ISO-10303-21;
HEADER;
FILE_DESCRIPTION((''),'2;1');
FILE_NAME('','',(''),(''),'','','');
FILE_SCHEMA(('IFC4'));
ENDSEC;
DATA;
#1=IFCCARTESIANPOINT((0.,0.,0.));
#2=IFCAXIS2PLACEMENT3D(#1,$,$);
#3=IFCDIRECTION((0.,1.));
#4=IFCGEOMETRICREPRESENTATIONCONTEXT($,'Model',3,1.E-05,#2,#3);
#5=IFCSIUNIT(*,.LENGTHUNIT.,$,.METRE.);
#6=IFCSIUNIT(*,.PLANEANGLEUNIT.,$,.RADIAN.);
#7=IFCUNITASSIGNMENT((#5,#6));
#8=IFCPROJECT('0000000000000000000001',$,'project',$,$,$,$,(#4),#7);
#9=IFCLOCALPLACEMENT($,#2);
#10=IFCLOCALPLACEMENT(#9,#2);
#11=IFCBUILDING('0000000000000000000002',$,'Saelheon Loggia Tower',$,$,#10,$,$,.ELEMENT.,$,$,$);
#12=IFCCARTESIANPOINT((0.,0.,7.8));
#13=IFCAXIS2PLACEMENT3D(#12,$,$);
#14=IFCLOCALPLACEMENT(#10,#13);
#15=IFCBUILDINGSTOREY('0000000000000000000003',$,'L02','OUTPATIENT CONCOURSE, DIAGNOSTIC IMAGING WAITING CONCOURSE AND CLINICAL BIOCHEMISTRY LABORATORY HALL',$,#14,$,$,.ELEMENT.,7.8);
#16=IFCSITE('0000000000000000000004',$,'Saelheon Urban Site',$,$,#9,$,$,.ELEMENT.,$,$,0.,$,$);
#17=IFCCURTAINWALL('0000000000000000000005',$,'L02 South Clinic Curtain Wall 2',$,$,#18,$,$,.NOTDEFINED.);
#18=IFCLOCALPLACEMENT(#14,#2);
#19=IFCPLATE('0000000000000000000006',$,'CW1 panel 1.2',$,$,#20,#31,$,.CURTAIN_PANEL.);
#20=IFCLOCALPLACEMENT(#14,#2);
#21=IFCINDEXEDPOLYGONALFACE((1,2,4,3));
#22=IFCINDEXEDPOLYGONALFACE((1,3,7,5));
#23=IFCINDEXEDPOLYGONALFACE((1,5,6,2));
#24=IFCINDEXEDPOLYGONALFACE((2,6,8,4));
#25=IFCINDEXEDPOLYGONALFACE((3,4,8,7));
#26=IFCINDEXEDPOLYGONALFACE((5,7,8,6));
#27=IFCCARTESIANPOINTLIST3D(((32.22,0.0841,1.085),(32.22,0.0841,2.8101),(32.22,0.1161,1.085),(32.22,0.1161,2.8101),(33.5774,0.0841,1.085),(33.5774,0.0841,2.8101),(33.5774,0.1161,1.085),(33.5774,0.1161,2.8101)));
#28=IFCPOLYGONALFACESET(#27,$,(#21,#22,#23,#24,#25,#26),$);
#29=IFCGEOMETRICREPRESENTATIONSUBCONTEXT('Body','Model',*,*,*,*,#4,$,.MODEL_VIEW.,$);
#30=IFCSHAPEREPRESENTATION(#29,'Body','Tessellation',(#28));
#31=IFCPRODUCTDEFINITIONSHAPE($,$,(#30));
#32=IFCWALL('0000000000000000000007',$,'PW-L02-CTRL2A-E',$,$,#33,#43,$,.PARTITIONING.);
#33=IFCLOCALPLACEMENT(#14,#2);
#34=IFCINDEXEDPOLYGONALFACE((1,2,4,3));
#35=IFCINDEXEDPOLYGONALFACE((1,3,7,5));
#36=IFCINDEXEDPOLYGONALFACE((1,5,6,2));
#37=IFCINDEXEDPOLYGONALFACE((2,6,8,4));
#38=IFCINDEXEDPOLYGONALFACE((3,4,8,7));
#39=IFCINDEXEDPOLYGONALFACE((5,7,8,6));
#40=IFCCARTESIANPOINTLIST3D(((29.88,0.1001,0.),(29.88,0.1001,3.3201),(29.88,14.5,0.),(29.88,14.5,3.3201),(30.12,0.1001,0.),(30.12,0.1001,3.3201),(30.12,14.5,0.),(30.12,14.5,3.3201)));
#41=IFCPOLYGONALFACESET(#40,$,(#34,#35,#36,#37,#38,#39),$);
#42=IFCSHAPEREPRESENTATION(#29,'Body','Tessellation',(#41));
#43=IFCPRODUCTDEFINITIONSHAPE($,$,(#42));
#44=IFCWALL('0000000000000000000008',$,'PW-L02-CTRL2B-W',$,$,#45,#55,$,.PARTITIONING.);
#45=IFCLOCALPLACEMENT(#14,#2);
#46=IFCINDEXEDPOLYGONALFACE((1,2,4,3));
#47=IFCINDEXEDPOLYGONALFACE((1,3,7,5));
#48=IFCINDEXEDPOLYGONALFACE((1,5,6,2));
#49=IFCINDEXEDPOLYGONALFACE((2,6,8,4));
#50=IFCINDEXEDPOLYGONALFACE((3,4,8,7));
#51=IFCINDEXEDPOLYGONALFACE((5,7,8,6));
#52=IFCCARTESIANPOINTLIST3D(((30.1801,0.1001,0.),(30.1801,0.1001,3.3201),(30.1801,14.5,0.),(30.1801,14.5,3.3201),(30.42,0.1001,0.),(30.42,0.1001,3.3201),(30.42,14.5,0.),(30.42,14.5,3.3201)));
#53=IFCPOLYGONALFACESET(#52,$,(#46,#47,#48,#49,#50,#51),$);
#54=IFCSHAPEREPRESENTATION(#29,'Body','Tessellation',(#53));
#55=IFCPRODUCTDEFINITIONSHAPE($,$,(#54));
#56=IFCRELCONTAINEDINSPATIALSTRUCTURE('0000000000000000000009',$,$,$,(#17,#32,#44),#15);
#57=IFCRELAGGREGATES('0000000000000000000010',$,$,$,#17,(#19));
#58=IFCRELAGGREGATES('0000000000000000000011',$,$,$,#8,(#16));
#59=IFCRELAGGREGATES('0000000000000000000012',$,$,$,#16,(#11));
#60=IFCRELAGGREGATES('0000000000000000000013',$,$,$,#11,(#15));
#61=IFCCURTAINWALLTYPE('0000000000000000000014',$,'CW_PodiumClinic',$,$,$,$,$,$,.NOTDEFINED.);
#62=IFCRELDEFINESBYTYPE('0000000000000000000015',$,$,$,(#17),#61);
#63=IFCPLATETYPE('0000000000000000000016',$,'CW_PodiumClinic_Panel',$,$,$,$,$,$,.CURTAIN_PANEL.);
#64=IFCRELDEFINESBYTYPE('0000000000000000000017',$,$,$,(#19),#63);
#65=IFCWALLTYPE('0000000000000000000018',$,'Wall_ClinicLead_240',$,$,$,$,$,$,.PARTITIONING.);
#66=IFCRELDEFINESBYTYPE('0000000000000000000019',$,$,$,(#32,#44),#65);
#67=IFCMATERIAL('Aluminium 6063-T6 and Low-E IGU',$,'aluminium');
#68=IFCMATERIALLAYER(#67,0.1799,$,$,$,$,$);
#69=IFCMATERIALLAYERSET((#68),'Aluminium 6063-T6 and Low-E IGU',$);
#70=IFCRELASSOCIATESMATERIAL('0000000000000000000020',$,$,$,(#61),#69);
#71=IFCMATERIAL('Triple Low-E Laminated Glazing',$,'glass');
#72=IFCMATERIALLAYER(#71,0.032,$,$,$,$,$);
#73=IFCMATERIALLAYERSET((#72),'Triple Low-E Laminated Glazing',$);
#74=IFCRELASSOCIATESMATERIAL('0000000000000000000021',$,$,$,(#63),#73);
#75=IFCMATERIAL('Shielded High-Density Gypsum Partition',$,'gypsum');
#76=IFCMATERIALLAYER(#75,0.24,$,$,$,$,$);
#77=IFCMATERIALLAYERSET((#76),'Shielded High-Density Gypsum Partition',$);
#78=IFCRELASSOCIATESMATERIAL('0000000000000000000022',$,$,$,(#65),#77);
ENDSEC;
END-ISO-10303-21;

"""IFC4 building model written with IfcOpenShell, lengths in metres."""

from ifc_helpers import new_model, si_unit, direction, frame, frame_2d, origin, origin_2d, place, context, subcontext, project, spatial, rectangle, extrude, source, transform, mapped, material, layer, layer_set, type_object, element, aggregate, save


model = new_model("IFC4")

# Units and contexts
model_context = context("Model", 3, precision=1e-05, world=origin(), true_north=direction((0.0, 1.0)))
body_context = subcontext(model_context, "Body", "Model", "MODEL_VIEW")
ifc_project = project(units=[si_unit("LENGTHUNIT", "METRE"), si_unit("PLANEANGLEUNIT", "RADIAN")], contexts=[model_context])

# Site, building, storey
site_placement = place(None, origin())
site = spatial("IfcSite", under=ifc_project, at=site_placement, Name="Saelheon Urban Site", CompositionType="ELEMENT", RefElevation=0.0)
building_placement = place(site_placement, origin())
building = spatial("IfcBuilding", under=site, at=building_placement, Name="Saelheon Loggia Tower", CompositionType="ELEMENT")
storey_placement = place(building_placement, frame((0.0, 0.0, 7.8)))
storey = spatial("IfcBuildingStorey", under=building, at=storey_placement, Name="L02", Description="OUTPATIENT CONCOURSE, DIAGNOSTIC IMAGING WAITING CONCOURSE AND CLINICAL BIOCHEMISTRY LABORATORY HALL", CompositionType="ELEMENT", Elevation=7.8)

# Curtain wall
ifc_material_1 = material(Name="Aluminium 6063-T6 and Low-E IGU", Category="aluminium")
ifc_layer_1 = layer(ifc_material_1, 0.1799)
ifc_layer_set_1 = layer_set([ifc_layer_1], Name="Aluminium 6063-T6 and Low-E IGU")
curtain_wall_type = type_object("IfcCurtainWallType", Name="CW_PodiumClinic", PredefinedType="NOTDEFINED", material=ifc_layer_set_1)
curtain_wall_1_placement = place(storey_placement, origin())
curtain_wall_1 = element("IfcCurtainWall", 1, at=curtain_wall_1_placement, inside=storey, type_object=curtain_wall_type, Name="L02 South Clinic Curtain Wall 2", PredefinedType="NOTDEFINED")

# Plate
ifc_material_2 = material(Name="Triple Low-E Laminated Glazing", Category="glass")
ifc_layer_2 = layer(ifc_material_2, 0.032)
ifc_layer_set_2 = layer_set([ifc_layer_2], Name="Triple Low-E Laminated Glazing")
plate_type = type_object("IfcPlateType", Name="CW_PodiumClinic_Panel", PredefinedType="CURTAIN_PANEL", material=ifc_layer_set_2)
shared_shape_1 = source(origin(), body_context, "Body", "SweptSolid", [
    extrude(rectangle(XDim=1.3574, YDim=0.032, at=origin_2d()), origin(), (0.0, 0.0, 1.0), 1.7251),
])
plate_1_placement = place(storey_placement, frame((32.8987, 0.1001, 1.085), z_axis=(0.0, 0.0, 1.0), x_axis=(1.0, 0.0, 0.0)))
plate_1 = element("IfcPlate", 2, at=plate_1_placement, type_object=plate_type, Name="CW1 panel 1.2", PredefinedType="CURTAIN_PANEL", context=body_context, shape_type="MappedRepresentation", body=[
    mapped(shared_shape_1, transform((0.0, 0.0, 0.0), scale=1.0)),
])
aggregate(curtain_wall_1, [plate_1])

# Walls
ifc_material_3 = material(Name="Shielded High-Density Gypsum Partition", Category="gypsum")
ifc_layer_3 = layer(ifc_material_3, 0.24)
ifc_layer_set_3 = layer_set([ifc_layer_3], Name="Shielded High-Density Gypsum Partition")
wall_type = type_object("IfcWallType", Name="Wall_ClinicLead_240", PredefinedType="PARTITIONING", material=ifc_layer_set_3)
for number, where, z_axis, x_axis, name in (
    (3, (30.0, 0.1001, 0.0), (0.0, 0.0, 1.0), (0.0, 1.0, 0.0), "PW-L02-CTRL2A-E"),
    (4, (30.3, 0.1001, 0.0), (0.0, 0.0, 1.0), (0.0, 1.0, 0.0), "PW-L02-CTRL2B-W"),
):
    element("IfcWall", number, at=place(storey_placement, frame(where, z_axis=z_axis, x_axis=x_axis)), inside=storey, type_object=wall_type, Name=name, PredefinedType="PARTITIONING", context=body_context, shape_type="SweptSolid", body=[
        extrude(rectangle(XDim=14.3999, YDim=0.24, at=frame_2d((7.2, 0.0))), origin(), (0.0, 0.0, 1.0), 3.3201),
    ])

save(model, "model.ifc")
